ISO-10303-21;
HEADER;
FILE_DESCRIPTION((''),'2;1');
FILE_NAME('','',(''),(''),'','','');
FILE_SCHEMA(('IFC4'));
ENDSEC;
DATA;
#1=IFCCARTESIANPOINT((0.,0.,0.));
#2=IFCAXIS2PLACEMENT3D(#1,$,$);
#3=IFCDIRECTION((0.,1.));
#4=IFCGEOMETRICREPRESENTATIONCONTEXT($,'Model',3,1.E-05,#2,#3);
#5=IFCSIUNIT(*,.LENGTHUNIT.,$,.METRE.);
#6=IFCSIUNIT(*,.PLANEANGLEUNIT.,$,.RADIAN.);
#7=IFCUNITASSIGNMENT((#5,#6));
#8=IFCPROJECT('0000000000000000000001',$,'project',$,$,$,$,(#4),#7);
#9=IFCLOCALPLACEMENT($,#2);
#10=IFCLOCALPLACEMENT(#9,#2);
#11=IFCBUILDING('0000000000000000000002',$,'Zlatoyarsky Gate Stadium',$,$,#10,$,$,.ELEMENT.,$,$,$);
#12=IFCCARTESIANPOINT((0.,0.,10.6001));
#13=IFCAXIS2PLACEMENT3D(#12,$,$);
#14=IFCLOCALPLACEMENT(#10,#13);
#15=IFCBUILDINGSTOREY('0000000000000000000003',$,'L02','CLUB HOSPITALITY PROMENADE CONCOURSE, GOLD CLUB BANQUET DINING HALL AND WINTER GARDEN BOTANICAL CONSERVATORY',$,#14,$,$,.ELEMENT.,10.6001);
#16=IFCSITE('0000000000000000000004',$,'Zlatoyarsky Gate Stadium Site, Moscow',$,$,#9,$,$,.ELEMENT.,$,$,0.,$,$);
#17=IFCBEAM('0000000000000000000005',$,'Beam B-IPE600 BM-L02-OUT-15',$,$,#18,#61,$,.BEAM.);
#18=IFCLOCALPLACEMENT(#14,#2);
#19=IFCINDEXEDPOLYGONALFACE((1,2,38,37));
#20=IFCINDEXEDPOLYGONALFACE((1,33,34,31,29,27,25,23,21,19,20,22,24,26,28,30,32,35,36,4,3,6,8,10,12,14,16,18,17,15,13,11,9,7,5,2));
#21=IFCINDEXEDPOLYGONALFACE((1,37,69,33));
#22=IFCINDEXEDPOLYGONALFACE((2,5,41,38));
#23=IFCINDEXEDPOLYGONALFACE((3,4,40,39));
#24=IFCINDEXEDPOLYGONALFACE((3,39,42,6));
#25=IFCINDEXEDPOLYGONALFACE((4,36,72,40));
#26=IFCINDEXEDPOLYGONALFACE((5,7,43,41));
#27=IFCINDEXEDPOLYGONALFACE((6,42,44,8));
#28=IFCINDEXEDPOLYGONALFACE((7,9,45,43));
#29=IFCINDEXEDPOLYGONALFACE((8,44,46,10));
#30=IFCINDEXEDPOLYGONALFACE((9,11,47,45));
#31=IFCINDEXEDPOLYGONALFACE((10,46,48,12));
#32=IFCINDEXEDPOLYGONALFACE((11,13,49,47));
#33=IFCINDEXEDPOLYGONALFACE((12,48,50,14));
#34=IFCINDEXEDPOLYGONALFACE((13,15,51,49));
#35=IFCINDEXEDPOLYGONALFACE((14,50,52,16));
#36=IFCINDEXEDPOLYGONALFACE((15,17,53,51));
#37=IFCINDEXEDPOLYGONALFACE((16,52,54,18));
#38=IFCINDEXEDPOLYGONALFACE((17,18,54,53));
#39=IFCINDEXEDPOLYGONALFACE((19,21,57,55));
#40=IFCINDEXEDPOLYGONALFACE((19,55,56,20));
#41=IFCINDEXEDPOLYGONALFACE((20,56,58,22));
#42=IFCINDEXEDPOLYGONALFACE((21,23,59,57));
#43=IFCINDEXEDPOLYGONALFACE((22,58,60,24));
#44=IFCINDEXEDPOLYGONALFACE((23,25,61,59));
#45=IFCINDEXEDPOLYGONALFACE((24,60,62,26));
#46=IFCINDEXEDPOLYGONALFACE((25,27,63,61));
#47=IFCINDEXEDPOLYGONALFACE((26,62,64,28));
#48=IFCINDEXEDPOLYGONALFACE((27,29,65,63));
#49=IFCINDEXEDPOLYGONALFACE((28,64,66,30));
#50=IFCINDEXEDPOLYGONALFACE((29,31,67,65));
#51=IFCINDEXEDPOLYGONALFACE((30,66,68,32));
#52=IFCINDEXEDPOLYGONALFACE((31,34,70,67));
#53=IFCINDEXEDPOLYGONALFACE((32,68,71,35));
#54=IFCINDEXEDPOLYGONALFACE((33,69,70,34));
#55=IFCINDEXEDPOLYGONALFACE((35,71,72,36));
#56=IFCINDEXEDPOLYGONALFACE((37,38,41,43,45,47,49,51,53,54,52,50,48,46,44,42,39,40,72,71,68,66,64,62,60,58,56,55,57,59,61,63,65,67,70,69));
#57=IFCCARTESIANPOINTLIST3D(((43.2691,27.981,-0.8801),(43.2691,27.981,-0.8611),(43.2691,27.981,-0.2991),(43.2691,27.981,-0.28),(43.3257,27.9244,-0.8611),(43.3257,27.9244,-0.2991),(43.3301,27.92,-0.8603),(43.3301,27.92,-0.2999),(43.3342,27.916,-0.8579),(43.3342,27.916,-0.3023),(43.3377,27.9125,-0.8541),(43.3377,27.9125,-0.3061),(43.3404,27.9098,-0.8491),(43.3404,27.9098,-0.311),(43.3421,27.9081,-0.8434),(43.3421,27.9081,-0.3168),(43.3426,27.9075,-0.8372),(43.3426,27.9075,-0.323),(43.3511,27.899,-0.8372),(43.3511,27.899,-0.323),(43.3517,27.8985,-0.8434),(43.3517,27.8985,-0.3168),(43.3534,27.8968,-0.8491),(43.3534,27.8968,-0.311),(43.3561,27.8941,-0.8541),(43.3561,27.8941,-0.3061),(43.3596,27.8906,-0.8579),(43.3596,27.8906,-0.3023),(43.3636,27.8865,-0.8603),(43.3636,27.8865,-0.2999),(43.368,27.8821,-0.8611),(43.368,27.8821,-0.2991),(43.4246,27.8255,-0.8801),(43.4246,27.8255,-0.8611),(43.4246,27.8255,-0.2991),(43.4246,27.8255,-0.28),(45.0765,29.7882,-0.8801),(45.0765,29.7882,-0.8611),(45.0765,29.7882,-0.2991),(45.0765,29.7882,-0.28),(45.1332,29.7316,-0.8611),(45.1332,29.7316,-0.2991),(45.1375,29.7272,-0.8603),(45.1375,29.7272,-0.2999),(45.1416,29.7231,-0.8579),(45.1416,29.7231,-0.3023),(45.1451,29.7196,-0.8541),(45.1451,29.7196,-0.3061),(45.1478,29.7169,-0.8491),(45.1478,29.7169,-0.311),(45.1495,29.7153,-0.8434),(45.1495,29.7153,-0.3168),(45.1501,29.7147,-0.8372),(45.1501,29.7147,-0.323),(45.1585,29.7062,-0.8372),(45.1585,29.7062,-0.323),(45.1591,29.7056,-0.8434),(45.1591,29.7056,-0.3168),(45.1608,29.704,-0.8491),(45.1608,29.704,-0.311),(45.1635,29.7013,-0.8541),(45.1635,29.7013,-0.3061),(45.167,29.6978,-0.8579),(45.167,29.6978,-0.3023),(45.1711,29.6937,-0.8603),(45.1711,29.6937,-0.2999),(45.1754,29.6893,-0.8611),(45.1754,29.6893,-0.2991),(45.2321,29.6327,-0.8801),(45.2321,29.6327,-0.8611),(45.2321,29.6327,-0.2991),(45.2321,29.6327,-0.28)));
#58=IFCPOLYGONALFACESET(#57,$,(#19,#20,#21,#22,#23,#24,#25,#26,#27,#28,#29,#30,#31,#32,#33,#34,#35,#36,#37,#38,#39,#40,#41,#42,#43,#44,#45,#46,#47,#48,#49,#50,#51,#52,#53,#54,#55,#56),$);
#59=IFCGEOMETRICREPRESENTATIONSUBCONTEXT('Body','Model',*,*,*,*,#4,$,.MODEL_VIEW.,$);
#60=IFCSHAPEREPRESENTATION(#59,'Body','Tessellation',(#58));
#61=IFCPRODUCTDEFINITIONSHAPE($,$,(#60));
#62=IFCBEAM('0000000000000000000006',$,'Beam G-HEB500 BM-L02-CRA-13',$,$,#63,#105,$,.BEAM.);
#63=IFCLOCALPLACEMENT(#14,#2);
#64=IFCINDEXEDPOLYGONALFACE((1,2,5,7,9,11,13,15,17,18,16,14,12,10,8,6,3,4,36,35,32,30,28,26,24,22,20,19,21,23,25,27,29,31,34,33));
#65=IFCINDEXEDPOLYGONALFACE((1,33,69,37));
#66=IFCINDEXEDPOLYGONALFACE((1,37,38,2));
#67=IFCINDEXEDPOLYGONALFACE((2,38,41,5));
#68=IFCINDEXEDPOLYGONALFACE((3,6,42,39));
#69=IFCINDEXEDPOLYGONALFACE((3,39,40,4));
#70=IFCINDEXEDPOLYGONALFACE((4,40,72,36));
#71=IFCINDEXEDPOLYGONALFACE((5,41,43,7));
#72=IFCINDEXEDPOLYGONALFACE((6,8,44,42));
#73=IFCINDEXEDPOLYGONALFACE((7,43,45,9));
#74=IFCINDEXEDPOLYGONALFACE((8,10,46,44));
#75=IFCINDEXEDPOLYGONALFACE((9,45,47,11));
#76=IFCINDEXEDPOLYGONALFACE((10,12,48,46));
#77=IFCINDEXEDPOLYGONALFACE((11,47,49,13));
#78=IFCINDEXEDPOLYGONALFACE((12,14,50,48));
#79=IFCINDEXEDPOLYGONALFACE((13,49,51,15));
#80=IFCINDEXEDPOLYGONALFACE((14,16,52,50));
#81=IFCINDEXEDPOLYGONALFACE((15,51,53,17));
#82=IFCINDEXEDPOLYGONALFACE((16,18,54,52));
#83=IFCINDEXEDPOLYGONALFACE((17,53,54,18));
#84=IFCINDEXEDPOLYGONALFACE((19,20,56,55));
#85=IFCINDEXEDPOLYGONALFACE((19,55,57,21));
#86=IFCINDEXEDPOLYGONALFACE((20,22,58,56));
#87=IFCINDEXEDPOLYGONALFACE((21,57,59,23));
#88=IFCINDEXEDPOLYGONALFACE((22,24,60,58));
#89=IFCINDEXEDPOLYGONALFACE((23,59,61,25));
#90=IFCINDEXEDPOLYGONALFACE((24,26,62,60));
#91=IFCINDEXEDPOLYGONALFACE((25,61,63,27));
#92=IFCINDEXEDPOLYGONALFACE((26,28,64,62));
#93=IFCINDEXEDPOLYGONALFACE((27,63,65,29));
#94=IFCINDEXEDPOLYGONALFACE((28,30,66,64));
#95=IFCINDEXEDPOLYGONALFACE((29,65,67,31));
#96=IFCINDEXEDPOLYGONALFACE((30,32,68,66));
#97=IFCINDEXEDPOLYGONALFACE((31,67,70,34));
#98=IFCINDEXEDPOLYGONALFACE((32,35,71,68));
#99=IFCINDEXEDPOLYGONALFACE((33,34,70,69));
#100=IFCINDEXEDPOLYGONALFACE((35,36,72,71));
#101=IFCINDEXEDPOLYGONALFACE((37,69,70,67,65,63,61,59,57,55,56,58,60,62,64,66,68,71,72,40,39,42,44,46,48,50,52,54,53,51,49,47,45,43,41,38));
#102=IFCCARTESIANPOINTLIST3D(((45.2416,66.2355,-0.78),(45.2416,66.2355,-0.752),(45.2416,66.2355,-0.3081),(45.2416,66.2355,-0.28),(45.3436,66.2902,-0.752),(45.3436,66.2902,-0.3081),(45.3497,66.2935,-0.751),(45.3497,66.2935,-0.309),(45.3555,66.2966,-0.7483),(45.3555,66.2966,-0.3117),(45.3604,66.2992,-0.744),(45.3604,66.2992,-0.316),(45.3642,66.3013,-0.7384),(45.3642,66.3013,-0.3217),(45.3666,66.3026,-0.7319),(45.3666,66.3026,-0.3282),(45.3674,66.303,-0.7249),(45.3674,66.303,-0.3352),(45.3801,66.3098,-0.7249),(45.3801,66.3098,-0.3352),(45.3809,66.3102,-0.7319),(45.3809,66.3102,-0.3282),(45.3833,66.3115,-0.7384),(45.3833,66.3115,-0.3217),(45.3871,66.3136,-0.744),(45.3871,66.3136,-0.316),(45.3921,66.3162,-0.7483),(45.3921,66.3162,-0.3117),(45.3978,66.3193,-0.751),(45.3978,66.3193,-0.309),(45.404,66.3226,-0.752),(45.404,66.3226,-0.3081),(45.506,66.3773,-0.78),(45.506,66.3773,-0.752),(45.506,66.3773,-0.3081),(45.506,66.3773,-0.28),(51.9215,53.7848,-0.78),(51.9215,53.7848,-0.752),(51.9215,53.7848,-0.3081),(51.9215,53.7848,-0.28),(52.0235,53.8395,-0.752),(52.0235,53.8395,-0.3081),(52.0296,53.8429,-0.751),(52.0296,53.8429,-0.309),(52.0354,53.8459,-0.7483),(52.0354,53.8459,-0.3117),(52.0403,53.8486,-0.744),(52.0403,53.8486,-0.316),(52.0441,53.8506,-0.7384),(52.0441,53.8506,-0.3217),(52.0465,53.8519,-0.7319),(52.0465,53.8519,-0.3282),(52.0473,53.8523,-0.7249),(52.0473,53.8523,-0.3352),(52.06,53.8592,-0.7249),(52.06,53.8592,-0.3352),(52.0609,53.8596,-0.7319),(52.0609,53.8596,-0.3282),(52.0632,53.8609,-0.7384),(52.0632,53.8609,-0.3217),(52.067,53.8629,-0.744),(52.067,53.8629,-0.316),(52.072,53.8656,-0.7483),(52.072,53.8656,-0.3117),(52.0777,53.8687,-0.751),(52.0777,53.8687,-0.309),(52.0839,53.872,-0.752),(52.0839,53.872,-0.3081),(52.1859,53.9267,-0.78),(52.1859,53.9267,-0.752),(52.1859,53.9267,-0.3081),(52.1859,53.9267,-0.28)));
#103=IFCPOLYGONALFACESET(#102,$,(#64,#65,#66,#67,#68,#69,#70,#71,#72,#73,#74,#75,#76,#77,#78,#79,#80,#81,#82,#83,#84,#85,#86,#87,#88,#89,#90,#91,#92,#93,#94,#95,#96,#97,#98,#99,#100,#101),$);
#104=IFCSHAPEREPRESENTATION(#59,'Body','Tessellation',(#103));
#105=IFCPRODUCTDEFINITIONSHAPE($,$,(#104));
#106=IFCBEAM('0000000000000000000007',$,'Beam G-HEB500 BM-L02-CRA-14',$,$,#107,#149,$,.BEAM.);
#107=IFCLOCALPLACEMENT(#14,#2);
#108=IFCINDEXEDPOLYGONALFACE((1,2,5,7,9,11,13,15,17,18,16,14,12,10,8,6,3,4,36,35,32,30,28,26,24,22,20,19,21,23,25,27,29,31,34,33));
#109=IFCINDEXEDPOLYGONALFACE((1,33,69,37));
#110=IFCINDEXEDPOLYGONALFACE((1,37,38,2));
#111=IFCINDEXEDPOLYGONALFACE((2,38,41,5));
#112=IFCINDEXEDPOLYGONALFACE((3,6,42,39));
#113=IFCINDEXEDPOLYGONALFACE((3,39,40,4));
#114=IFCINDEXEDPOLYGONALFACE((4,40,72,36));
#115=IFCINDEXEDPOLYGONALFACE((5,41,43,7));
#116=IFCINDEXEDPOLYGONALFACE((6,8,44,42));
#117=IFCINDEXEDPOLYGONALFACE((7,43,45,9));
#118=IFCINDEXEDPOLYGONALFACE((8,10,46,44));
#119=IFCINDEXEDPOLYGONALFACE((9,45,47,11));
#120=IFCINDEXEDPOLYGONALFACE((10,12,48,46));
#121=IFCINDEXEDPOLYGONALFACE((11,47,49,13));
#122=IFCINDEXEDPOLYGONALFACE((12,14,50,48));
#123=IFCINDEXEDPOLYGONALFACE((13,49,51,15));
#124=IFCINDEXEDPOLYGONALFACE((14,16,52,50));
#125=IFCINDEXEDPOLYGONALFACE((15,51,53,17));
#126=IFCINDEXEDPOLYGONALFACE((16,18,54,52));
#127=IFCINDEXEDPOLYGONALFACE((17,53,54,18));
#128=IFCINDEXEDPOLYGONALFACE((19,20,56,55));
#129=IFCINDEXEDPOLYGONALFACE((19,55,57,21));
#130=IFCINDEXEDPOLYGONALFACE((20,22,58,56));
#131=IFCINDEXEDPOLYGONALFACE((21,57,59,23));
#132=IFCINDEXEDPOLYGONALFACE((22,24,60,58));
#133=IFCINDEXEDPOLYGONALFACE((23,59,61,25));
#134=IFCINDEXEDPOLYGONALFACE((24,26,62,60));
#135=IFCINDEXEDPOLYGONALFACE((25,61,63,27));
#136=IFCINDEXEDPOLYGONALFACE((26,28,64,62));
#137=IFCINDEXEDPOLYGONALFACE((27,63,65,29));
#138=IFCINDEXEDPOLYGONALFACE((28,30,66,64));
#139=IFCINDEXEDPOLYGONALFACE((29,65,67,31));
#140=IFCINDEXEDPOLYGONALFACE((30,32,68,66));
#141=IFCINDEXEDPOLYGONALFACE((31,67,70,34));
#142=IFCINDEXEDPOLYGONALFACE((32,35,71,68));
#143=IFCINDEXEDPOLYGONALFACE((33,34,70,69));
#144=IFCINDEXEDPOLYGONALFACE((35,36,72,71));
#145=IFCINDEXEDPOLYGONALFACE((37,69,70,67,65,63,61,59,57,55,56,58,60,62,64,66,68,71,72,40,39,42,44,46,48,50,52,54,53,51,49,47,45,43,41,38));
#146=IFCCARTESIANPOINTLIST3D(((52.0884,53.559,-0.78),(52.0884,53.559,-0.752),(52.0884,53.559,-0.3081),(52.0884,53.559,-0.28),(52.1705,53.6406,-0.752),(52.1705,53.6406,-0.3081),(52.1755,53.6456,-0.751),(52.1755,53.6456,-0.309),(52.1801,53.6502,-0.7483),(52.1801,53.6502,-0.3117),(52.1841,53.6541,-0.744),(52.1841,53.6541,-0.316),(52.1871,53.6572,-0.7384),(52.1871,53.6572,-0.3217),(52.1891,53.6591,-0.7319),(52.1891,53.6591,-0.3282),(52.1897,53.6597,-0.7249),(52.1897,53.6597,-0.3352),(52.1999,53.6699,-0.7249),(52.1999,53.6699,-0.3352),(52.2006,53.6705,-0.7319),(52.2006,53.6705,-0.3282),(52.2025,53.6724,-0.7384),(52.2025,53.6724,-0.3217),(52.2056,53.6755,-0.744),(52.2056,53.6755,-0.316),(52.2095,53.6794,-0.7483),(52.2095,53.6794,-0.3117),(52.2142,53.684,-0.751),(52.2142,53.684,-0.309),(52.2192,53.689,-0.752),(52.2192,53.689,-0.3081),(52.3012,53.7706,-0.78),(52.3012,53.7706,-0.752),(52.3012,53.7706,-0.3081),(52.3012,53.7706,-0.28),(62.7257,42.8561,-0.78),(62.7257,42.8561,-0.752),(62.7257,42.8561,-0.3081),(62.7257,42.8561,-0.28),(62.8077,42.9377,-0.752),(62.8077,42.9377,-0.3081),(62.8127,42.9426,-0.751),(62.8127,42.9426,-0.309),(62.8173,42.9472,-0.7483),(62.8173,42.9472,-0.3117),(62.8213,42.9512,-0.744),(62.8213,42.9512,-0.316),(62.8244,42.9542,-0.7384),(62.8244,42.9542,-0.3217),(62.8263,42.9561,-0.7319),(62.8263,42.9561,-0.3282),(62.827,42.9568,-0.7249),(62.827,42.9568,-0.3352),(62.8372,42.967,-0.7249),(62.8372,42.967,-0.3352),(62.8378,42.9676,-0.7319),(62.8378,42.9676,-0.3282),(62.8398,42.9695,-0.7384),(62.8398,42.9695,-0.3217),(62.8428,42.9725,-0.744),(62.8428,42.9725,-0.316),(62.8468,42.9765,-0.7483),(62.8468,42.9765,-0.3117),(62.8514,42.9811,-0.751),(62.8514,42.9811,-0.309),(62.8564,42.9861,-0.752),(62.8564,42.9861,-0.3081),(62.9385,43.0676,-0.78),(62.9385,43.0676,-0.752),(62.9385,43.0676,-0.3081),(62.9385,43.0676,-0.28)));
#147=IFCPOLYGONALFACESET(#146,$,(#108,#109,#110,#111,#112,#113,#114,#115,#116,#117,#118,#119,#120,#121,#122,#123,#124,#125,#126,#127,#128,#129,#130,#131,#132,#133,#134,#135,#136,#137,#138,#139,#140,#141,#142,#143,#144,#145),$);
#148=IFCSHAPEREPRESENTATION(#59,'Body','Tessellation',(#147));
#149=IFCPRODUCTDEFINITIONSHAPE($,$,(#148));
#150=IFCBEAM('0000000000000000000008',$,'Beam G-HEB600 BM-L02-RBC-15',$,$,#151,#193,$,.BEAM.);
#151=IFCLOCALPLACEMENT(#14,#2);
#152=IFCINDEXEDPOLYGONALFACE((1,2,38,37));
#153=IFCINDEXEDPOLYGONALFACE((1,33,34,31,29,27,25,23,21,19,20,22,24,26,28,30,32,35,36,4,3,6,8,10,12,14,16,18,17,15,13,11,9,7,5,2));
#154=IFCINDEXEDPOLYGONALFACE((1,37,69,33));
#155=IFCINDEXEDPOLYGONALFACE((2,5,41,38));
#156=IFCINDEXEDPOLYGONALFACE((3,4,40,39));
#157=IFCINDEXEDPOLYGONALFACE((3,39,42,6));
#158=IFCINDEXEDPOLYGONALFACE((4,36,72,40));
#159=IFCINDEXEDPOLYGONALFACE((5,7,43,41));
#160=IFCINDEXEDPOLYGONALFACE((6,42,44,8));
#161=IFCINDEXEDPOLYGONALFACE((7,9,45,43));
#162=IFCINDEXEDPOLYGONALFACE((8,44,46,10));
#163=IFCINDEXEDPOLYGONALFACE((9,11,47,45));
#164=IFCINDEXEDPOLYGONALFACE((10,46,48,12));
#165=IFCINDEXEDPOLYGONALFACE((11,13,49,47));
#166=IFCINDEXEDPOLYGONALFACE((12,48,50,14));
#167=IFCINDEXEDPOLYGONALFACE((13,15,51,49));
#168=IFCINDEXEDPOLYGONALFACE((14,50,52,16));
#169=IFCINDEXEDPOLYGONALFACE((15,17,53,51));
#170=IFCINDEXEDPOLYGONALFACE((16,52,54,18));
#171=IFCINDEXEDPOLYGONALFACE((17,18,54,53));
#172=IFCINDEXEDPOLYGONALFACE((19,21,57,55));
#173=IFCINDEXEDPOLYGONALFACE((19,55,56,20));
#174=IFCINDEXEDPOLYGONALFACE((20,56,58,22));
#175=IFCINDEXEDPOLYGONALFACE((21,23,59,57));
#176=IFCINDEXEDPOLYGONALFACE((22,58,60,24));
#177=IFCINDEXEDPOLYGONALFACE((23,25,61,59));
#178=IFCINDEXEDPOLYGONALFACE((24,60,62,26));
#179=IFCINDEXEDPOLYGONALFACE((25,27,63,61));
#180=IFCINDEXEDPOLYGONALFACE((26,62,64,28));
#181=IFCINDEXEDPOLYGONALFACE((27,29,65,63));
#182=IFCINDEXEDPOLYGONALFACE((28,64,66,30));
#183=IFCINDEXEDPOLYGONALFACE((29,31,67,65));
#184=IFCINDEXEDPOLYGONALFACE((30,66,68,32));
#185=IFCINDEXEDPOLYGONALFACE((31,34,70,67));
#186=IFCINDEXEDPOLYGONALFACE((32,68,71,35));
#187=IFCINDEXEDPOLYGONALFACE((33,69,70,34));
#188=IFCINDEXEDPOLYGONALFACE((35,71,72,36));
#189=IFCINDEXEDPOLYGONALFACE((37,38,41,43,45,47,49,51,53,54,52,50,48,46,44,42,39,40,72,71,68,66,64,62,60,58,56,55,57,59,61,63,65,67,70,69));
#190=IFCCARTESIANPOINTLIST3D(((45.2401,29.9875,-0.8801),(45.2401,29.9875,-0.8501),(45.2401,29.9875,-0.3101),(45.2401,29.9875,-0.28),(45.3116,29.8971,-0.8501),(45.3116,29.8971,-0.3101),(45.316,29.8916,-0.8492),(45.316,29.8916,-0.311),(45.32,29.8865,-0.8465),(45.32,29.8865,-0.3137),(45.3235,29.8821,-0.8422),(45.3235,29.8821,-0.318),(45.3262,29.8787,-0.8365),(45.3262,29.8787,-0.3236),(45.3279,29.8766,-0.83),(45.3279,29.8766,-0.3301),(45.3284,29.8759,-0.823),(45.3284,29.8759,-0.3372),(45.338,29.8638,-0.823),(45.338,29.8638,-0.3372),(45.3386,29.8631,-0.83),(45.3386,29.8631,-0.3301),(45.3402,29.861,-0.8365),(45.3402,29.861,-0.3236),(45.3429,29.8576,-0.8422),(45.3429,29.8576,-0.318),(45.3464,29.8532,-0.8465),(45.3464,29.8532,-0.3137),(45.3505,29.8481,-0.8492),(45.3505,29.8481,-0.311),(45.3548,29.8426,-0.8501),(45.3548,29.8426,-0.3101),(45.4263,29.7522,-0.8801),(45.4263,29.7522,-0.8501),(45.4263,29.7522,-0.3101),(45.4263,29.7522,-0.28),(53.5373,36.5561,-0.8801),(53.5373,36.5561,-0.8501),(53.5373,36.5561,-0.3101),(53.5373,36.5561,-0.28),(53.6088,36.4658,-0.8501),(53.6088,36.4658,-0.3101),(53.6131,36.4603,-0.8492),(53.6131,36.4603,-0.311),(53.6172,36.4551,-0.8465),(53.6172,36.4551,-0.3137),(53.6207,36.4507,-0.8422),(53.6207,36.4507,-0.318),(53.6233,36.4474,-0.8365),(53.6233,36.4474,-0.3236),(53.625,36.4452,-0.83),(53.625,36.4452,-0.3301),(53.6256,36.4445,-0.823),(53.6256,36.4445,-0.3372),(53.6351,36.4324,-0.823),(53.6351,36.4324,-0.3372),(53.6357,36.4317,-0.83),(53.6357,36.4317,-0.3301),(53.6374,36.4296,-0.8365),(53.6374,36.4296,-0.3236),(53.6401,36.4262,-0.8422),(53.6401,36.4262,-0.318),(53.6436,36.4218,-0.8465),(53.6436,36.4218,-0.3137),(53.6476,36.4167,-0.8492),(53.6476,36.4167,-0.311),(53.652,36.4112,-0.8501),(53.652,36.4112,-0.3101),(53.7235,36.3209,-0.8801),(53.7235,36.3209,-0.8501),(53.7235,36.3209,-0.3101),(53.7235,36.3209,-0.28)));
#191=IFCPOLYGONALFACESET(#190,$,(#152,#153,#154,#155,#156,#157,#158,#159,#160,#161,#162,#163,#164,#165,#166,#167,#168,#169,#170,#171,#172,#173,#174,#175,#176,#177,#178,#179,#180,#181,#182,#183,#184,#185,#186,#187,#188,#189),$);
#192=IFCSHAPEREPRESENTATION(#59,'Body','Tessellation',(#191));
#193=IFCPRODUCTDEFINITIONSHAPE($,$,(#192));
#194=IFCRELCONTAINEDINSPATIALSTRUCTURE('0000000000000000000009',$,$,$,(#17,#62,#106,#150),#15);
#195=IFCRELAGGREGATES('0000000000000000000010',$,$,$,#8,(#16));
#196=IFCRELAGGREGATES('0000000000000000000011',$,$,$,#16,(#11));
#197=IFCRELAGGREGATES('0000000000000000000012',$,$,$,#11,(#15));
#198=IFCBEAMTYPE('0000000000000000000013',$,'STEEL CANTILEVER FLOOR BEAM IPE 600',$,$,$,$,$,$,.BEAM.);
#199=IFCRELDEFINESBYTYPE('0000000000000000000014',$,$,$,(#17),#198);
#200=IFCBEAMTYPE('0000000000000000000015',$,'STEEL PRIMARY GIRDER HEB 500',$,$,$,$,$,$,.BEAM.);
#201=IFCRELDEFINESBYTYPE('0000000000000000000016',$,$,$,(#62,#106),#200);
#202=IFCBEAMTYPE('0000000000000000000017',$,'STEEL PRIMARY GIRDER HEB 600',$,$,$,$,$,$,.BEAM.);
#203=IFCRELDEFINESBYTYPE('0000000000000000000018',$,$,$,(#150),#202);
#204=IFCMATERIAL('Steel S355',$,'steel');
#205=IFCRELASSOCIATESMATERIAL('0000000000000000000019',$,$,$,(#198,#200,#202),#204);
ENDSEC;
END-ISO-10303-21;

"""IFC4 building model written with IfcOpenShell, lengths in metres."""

from ifc_helpers import new_model, si_unit, direction, frame, origin, origin_2d, place, context, subcontext, project, spatial, i_section, extrude, material, material_profile, profile_set, type_object, element, save


model = new_model("IFC4")

# Units and contexts
model_context = context("Model", 3, precision=1e-05, world=origin(), true_north=direction((0.0, 1.0)))
body_context = subcontext(model_context, "Body", "Model", "MODEL_VIEW")
ifc_project = project(units=[si_unit("LENGTHUNIT", "METRE"), si_unit("PLANEANGLEUNIT", "RADIAN")], contexts=[model_context])

# Site, building, storey
site_placement = place(None, origin())
site = spatial("IfcSite", under=ifc_project, at=site_placement, Name="Zlatoyarsky Gate Stadium Site, Moscow", CompositionType="ELEMENT", RefElevation=0.0)
building_placement = place(site_placement, origin())
building = spatial("IfcBuilding", under=site, at=building_placement, Name="Zlatoyarsky Gate Stadium", CompositionType="ELEMENT")
storey_placement = place(building_placement, frame((0.0, 0.0, 10.6001)))
storey = spatial("IfcBuildingStorey", under=building, at=storey_placement, Name="L02", Description="CLUB HOSPITALITY PROMENADE CONCOURSE, GOLD CLUB BANQUET DINING HALL AND WINTER GARDEN BOTANICAL CONSERVATORY", CompositionType="ELEMENT", Elevation=10.6001)

# Shared definitions
ifc_material_1 = material(Name="Steel S355", Category="steel")

# Beams
ifc_material_profile_1 = material_profile(ifc_material_1, i_section(OverallWidth=0.22, OverallDepth=0.6001, WebThickness=0.012, FlangeThickness=0.019, FilletRadius=0.0239, at=origin_2d()), Name="IPE 600")
ifc_profile_set_1 = profile_set([ifc_material_profile_1], Name="Steel S355")
beam_type_1 = type_object("IfcBeamType", Name="STEEL CANTILEVER FLOOR BEAM IPE 600", PredefinedType="BEAM", material=ifc_profile_set_1)
beam_1_placement = place(storey_placement, frame((45.1543, 29.7104, -0.5801), z_axis=(-0.707155, -0.707059, 0.0), x_axis=(0.707059, -0.707155, 0.0)))
element("IfcBeam", 1, at=beam_1_placement, inside=storey, type_object=beam_type_1, Name="Beam B-IPE600 BM-L02-OUT-15", PredefinedType="BEAM", context=body_context, shape_type="SweptSolid", body=[
    extrude(i_section(OverallWidth=0.22, OverallDepth=0.6001, WebThickness=0.012, FlangeThickness=0.019, FilletRadius=0.0239, at=origin_2d()), origin(), (0.0, 0.0, 1.0), 2.5559),
])
ifc_material_profile_2 = material_profile(ifc_material_1, i_section(OverallWidth=0.3, OverallDepth=0.5, WebThickness=0.0144, FlangeThickness=0.0281, FilletRadius=0.0271, at=origin_2d()), Name="HEB 500")
ifc_profile_set_2 = profile_set([ifc_material_profile_2], Name="Steel S355")
beam_type_2 = type_object("IfcBeamType", Name="STEEL PRIMARY GIRDER HEB 500", PredefinedType="BEAM", material=ifc_profile_set_2)
beam_2_placement = place(storey_placement, frame((45.3738, 66.3064, -0.53), z_axis=(0.472767, -0.881187, 0.0), x_axis=(0.881187, 0.472767, 0.0)))
element("IfcBeam", 2, at=beam_2_placement, inside=storey, type_object=beam_type_2, Name="Beam G-HEB500 BM-L02-CRA-13", PredefinedType="BEAM", context=body_context, shape_type="SweptSolid", body=[
    extrude(i_section(OverallWidth=0.3, OverallDepth=0.5, WebThickness=0.0144, FlangeThickness=0.0281, FilletRadius=0.0271, at=origin_2d()), origin(), (0.0, 0.0, 1.0), 14.1294),
])
beam_3_placement = place(storey_placement, frame((52.1948, 53.6648, -0.53), z_axis=(0.704927, -0.70928, 0.0), x_axis=(0.70928, 0.704927, 0.0)))
element("IfcBeam", 3, at=beam_3_placement, inside=storey, type_object=beam_type_2, Name="Beam G-HEB500 BM-L02-CRA-14", PredefinedType="BEAM", context=body_context, shape_type="SweptSolid", body=[
    extrude(i_section(OverallWidth=0.3, OverallDepth=0.5, WebThickness=0.0144, FlangeThickness=0.0281, FilletRadius=0.0271, at=origin_2d()), origin(), (0.0, 0.0, 1.0), 15.0898),
])
ifc_material_profile_3 = material_profile(ifc_material_1, i_section(OverallWidth=0.3, OverallDepth=0.6001, WebThickness=0.0154, FlangeThickness=0.03, FilletRadius=0.0271, at=origin_2d()), Name="HEB 600")
ifc_profile_set_3 = profile_set([ifc_material_profile_3], Name="Steel S355")
beam_type_3 = type_object("IfcBeamType", Name="STEEL PRIMARY GIRDER HEB 600", PredefinedType="BEAM", material=ifc_profile_set_3)
beam_4_placement = place(storey_placement, frame((53.6304, 36.4385, -0.5801), z_axis=(-0.784043, -0.620706, 0.0), x_axis=(0.620706, -0.784043, 0.0)))
element("IfcBeam", 4, at=beam_4_placement, inside=storey, type_object=beam_type_3, Name="Beam G-HEB600 BM-L02-RBC-15", PredefinedType="BEAM", context=body_context, shape_type="SweptSolid", body=[
    extrude(i_section(OverallWidth=0.3, OverallDepth=0.6001, WebThickness=0.0154, FlangeThickness=0.03, FilletRadius=0.0271, at=origin_2d()), origin(), (0.0, 0.0, 1.0), 10.5825),
])

save(model, "model.ifc")
